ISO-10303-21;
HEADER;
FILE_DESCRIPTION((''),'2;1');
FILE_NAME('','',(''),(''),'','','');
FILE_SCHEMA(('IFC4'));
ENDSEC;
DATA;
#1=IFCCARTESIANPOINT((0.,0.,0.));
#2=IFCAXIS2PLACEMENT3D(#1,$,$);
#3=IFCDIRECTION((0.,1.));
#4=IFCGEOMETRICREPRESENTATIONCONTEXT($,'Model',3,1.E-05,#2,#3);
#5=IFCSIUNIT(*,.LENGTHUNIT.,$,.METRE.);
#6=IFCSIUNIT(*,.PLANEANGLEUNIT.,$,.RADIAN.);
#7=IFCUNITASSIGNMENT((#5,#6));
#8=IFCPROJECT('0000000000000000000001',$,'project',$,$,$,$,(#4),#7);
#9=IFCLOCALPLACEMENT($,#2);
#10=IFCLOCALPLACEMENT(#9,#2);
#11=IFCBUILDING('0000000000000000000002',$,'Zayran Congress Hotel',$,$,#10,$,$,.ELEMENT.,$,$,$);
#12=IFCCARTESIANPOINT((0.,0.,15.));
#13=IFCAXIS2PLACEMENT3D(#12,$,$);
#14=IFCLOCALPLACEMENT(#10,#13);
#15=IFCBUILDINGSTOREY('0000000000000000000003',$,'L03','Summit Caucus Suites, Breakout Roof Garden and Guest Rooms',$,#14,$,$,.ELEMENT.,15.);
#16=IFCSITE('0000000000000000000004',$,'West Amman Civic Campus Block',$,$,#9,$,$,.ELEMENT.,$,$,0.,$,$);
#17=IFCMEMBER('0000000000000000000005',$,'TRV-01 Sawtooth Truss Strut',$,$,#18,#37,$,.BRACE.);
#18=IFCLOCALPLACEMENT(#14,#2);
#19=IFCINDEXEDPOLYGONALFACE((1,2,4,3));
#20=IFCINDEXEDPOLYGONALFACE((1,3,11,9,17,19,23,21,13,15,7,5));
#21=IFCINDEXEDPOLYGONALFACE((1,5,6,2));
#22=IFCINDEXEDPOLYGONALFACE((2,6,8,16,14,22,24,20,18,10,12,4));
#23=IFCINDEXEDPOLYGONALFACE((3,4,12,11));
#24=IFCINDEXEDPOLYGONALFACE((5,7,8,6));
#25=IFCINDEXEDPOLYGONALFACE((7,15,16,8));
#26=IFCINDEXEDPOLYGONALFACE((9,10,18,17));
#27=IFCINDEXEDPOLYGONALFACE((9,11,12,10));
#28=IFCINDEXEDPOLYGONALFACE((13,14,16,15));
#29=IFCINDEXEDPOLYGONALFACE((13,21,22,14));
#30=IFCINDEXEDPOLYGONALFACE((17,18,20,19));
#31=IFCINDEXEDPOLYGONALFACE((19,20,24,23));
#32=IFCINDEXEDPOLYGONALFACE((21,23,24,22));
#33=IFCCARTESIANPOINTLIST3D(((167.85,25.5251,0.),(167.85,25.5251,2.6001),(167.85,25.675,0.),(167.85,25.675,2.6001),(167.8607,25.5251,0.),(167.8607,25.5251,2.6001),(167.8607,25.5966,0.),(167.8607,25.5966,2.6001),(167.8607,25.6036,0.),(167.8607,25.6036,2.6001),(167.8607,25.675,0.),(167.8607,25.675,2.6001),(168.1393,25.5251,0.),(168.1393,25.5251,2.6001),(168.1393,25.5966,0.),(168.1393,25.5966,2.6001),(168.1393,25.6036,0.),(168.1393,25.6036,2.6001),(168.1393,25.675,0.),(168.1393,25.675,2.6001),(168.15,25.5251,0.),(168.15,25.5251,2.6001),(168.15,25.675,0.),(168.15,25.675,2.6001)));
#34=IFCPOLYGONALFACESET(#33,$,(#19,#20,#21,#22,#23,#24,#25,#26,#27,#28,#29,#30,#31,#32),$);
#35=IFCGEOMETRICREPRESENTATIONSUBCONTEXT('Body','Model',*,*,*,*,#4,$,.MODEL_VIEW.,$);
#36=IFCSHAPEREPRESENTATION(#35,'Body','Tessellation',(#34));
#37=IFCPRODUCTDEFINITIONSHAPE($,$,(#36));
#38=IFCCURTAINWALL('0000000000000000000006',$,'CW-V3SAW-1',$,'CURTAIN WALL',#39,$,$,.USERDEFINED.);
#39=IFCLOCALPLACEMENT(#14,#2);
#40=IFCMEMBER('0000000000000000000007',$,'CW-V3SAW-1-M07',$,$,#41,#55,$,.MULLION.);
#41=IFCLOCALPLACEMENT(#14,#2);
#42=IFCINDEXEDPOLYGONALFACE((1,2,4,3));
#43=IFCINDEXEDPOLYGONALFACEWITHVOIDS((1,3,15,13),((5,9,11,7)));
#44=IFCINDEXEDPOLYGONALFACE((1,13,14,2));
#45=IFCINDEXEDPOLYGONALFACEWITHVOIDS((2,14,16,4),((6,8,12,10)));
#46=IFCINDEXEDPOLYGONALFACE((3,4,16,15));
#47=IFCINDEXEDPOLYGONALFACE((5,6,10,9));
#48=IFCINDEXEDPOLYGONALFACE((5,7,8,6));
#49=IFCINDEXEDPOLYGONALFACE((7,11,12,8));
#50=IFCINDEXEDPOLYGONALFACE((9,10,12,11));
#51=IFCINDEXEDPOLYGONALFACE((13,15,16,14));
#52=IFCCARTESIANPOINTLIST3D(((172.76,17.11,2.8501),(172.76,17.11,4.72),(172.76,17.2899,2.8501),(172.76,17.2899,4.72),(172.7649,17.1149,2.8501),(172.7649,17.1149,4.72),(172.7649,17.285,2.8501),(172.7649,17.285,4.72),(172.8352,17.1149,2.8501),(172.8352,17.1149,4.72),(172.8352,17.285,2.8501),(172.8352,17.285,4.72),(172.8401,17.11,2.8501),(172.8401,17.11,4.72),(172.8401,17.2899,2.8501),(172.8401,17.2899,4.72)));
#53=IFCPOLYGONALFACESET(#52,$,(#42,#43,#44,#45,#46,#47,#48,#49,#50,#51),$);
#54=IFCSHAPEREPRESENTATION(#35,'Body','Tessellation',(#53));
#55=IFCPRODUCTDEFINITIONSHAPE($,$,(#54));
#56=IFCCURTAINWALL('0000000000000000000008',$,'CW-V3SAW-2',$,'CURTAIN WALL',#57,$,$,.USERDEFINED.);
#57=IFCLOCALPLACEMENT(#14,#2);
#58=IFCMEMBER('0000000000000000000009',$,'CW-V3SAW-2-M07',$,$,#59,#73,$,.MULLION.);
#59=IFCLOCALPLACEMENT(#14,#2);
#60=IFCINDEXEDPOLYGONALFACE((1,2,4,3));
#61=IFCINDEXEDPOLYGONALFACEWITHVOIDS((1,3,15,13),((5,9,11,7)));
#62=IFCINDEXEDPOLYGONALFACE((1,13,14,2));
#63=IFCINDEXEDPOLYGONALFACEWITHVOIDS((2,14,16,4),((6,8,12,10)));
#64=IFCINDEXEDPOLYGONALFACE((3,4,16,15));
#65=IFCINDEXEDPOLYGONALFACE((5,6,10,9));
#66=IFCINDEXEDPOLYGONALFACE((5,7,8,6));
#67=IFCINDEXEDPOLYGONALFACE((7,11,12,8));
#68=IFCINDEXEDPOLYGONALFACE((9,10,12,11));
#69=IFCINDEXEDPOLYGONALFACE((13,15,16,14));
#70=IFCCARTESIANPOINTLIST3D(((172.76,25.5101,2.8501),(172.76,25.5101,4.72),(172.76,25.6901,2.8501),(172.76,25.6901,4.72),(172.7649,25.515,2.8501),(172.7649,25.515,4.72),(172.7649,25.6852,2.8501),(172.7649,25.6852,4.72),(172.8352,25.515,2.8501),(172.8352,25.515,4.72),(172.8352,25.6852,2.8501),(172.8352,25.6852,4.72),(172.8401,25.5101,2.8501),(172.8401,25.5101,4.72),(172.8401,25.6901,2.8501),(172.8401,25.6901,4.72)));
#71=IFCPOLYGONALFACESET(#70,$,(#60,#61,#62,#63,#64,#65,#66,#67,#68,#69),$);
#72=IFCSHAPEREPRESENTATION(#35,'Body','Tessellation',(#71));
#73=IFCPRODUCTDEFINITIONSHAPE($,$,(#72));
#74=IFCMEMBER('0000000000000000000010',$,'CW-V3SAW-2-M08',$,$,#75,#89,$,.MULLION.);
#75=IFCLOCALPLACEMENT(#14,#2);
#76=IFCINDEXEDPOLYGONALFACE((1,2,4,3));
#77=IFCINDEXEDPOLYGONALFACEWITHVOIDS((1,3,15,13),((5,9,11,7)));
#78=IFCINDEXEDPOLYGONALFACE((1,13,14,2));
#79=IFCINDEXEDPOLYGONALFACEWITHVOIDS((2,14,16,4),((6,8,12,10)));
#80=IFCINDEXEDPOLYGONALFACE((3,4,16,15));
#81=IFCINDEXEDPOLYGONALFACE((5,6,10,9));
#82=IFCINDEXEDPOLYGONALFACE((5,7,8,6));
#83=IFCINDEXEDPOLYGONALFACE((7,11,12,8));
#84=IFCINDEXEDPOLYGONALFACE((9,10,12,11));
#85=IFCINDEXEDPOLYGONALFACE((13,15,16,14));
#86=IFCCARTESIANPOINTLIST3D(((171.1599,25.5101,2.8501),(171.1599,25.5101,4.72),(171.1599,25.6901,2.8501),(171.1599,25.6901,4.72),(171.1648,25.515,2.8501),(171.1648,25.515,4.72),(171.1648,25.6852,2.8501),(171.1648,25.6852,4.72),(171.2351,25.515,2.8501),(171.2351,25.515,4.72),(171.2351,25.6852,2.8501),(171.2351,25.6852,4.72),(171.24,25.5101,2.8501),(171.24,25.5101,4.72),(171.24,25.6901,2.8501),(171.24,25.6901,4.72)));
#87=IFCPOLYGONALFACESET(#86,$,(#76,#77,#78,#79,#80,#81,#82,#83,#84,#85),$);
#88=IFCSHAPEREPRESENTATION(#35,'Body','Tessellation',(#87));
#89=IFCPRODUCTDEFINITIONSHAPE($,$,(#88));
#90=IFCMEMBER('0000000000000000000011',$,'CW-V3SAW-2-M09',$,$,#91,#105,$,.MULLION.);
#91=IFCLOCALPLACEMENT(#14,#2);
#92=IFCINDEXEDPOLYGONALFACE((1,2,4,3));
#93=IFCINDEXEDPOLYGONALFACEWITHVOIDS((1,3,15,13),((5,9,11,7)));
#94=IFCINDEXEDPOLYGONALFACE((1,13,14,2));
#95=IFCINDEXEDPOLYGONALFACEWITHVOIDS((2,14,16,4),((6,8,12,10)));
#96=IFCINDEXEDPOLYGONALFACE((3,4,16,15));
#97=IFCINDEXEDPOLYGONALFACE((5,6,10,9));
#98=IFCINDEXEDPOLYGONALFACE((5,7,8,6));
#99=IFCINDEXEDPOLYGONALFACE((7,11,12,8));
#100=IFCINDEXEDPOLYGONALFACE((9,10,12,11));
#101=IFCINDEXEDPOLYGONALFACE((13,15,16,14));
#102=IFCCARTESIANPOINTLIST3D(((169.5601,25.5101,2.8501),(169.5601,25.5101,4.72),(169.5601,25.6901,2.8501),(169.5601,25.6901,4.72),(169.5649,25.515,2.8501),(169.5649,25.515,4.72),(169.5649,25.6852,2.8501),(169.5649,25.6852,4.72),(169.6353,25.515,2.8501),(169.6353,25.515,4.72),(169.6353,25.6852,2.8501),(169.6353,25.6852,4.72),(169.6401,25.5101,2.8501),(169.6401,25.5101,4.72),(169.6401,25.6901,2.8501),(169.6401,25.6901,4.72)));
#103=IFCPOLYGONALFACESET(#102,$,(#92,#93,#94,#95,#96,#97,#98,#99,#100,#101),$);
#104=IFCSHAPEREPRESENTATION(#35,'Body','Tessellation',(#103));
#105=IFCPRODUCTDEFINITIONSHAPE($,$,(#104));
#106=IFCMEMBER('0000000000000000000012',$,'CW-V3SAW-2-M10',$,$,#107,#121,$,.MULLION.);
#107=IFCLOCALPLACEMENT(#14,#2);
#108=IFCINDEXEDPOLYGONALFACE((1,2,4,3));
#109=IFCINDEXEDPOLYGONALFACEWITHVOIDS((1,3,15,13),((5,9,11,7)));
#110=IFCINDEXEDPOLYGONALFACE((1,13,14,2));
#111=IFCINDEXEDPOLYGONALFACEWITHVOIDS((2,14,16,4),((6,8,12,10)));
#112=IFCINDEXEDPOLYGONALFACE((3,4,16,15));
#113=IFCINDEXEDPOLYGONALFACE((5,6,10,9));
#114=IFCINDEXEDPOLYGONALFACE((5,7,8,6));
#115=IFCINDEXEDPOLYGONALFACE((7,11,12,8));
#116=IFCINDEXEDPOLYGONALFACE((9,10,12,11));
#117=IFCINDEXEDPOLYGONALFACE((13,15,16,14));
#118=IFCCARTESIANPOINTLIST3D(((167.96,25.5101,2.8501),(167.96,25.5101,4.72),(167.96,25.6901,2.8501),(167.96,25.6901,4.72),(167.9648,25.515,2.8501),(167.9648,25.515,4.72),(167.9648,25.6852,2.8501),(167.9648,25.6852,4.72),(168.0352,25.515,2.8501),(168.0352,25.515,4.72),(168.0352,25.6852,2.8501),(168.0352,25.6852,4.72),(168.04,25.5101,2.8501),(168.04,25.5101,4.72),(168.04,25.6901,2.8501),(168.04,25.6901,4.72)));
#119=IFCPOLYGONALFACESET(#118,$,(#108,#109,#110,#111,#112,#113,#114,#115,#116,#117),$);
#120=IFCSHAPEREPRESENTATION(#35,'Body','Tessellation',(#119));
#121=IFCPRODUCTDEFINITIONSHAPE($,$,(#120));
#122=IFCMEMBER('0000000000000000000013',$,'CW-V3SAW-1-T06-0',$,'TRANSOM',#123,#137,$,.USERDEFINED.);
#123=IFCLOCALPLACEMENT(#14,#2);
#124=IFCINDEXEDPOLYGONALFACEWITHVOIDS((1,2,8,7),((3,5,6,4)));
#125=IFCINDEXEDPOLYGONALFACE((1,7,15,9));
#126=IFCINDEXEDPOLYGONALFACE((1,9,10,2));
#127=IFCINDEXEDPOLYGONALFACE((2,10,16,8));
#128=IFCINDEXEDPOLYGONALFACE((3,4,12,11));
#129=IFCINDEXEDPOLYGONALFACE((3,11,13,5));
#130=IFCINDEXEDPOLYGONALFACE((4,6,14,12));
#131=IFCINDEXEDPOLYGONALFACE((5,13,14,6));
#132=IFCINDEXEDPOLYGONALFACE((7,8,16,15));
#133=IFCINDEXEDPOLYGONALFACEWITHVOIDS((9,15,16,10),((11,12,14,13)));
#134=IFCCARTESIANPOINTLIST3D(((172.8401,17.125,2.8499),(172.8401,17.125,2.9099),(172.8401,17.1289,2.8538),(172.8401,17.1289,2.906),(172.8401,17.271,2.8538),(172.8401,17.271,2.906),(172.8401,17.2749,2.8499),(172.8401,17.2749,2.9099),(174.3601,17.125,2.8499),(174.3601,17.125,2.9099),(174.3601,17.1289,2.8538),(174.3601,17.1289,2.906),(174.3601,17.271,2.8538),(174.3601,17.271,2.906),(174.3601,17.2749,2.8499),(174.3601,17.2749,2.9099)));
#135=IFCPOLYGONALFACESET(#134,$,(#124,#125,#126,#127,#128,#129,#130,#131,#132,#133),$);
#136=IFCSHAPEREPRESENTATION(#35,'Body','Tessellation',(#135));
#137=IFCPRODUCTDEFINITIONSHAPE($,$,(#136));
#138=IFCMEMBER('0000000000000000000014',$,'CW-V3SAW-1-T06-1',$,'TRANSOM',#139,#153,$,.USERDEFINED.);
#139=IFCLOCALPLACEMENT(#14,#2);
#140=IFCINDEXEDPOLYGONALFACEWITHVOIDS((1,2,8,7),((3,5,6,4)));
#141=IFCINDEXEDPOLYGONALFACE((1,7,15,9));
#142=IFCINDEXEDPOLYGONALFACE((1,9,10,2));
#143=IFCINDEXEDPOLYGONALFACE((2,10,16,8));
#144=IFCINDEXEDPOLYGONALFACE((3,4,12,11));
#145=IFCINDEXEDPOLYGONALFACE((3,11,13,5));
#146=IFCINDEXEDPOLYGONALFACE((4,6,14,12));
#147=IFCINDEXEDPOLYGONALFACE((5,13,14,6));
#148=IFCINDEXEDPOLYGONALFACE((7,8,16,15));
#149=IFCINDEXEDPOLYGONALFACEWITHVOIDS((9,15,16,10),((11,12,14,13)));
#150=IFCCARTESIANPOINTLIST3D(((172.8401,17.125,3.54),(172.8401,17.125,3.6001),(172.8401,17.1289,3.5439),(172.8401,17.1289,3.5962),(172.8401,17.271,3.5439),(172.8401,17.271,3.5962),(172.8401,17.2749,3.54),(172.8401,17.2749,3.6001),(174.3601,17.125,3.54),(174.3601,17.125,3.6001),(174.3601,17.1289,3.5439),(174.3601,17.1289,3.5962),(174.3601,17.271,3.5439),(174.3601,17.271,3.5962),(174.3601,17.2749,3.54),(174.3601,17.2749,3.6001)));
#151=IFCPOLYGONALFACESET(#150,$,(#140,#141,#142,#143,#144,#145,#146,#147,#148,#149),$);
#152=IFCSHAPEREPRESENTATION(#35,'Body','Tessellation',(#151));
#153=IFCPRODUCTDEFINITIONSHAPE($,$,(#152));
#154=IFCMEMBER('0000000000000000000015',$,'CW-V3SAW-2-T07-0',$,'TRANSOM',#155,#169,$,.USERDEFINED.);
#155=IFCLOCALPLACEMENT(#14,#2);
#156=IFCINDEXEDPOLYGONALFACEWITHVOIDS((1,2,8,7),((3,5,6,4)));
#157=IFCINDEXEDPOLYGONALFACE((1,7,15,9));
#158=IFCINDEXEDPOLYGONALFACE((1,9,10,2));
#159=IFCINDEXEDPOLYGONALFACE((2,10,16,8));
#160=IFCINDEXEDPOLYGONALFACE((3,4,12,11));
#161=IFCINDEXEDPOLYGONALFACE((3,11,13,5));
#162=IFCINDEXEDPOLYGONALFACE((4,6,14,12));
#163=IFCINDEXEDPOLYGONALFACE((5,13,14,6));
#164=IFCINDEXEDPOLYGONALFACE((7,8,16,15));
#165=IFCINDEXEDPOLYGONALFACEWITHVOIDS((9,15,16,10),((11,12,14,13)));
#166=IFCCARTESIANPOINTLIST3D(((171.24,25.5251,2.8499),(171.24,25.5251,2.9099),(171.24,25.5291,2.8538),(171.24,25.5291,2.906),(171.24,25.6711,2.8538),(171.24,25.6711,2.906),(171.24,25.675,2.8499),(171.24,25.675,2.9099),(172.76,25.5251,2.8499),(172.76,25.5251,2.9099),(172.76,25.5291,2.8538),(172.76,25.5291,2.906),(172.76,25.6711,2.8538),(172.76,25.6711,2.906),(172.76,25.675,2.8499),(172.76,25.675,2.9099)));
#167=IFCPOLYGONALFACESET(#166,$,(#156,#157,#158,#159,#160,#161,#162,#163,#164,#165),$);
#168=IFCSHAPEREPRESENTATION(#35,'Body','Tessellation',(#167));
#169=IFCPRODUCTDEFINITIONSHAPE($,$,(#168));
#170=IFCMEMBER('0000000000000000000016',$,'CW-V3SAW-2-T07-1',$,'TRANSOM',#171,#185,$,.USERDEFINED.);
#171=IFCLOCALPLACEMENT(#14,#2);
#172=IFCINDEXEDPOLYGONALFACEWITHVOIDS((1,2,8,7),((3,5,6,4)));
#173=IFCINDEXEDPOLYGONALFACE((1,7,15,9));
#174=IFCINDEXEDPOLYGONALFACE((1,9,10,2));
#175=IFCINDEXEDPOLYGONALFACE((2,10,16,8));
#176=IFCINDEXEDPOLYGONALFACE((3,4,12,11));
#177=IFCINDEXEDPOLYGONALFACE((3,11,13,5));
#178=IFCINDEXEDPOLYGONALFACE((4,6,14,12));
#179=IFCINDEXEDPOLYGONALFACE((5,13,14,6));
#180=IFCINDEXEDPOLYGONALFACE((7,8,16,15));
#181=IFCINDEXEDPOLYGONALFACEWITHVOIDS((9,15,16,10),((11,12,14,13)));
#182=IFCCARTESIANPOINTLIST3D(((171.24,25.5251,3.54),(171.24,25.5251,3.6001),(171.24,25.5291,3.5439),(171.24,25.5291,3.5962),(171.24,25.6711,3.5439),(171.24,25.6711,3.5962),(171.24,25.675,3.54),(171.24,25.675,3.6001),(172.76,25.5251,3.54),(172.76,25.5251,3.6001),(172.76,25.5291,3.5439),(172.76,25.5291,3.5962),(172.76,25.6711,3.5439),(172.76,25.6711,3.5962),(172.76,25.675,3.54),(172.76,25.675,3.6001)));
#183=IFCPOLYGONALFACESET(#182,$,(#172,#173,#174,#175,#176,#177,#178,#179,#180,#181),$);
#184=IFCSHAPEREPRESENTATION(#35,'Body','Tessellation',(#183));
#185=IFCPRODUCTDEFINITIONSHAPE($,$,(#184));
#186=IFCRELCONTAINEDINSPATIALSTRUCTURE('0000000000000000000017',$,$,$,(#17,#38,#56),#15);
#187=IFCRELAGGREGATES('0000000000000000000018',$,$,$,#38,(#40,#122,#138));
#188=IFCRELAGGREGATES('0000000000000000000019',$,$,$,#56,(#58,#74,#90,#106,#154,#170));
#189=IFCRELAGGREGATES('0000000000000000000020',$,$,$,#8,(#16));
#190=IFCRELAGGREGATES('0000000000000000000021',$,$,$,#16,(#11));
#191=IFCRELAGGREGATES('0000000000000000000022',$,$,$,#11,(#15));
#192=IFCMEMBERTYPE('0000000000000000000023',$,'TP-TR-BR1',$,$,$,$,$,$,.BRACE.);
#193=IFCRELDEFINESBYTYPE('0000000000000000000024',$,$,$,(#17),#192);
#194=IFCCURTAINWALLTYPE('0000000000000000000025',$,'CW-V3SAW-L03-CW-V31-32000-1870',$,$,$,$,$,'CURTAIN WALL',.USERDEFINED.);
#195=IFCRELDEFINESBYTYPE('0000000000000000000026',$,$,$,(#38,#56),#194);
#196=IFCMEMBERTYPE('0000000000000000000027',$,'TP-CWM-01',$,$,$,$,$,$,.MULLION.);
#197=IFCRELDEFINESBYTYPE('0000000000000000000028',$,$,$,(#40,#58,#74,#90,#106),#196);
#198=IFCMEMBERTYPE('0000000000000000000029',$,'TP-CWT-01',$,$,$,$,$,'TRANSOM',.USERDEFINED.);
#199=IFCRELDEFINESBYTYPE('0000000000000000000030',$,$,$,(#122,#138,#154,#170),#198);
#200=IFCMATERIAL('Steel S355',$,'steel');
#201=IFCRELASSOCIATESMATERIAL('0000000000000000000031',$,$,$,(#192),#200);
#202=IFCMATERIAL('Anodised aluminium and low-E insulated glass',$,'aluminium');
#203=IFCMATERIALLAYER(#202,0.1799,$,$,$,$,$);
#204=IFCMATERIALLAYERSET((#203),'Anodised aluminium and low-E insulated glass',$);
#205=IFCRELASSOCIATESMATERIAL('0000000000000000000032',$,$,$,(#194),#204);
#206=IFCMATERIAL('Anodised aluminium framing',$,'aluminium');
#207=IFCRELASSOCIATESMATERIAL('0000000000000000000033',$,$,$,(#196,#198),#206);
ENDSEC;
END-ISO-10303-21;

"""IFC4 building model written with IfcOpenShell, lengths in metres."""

from ifc_helpers import new_model, si_unit, direction, frame, origin, origin_2d, place, context, subcontext, project, spatial, hollow_rectangle, i_section, extrude, material, layer, layer_set, material_profile, profile_set, type_object, element, aggregate, save


model = new_model("IFC4")

# Units and contexts
model_context = context("Model", 3, precision=1e-05, world=origin(), true_north=direction((0.0, 1.0)))
body_context = subcontext(model_context, "Body", "Model", "MODEL_VIEW")
ifc_project = project(units=[si_unit("LENGTHUNIT", "METRE"), si_unit("PLANEANGLEUNIT", "RADIAN")], contexts=[model_context])

# Site, building, storey
site_placement = place(None, origin())
site = spatial("IfcSite", under=ifc_project, at=site_placement, Name="West Amman Civic Campus Block", CompositionType="ELEMENT", RefElevation=0.0)
building_placement = place(site_placement, origin())
building = spatial("IfcBuilding", under=site, at=building_placement, Name="Zayran Congress Hotel", CompositionType="ELEMENT")
storey_placement = place(building_placement, frame((0.0, 0.0, 15.0)))
storey = spatial("IfcBuildingStorey", under=building, at=storey_placement, Name="L03", Description="Summit Caucus Suites, Breakout Roof Garden and Guest Rooms", CompositionType="ELEMENT", Elevation=15.0)

# Member
ifc_material_1 = material(Name="Steel S355", Category="steel")
ifc_material_profile_1 = material_profile(ifc_material_1, i_section(OverallWidth=0.1499, OverallDepth=0.3, WebThickness=0.0071, FlangeThickness=0.0107, at=origin_2d()), Name="IPE 300")
ifc_profile_set_1 = profile_set([ifc_material_profile_1], Name="Steel S355")
member_type_1 = type_object("IfcMemberType", Name="TP-TR-BR1", PredefinedType="BRACE", material=ifc_profile_set_1)
member_1_placement = place(storey_placement, frame((168.0, 25.6001, 0.0), z_axis=(0.0, 0.0, 1.0), x_axis=(0.0, 1.0, 0.0)))
element("IfcMember", 1, at=member_1_placement, inside=storey, type_object=member_type_1, Name="TRV-01 Sawtooth Truss Strut", PredefinedType="BRACE", context=body_context, shape_type="SweptSolid", body=[
    extrude(i_section(OverallWidth=0.1499, OverallDepth=0.3, WebThickness=0.0071, FlangeThickness=0.0107, at=origin_2d()), origin(), (0.0, 0.0, 1.0), 2.6001),
])

# Curtain wall, member
ifc_material_2 = material(Name="Anodised aluminium and low-E insulated glass", Category="aluminium")
ifc_layer_1 = layer(ifc_material_2, 0.1799)
ifc_layer_set_1 = layer_set([ifc_layer_1], Name="Anodised aluminium and low-E insulated glass")
curtain_wall_type = type_object("IfcCurtainWallType", Name="CW-V3SAW-L03-CW-V31-32000-1870", ElementType="CURTAIN WALL", PredefinedType="USERDEFINED", material=ifc_layer_set_1)
curtain_wall_1_placement = place(storey_placement, origin())
curtain_wall_1 = element("IfcCurtainWall", 2, at=curtain_wall_1_placement, inside=storey, type_object=curtain_wall_type, Name="CW-V3SAW-1", ObjectType="CURTAIN WALL", PredefinedType="USERDEFINED")
ifc_material_3 = material(Name="Anodised aluminium framing", Category="aluminium")
ifc_material_profile_2 = material_profile(ifc_material_3, hollow_rectangle(XDim=0.0801, YDim=0.1799, WallThickness=0.0049, at=origin_2d()), Name="RHS 180x80x5")
ifc_profile_set_2 = profile_set([ifc_material_profile_2], Name="Anodised aluminium framing")
member_type_2 = type_object("IfcMemberType", Name="TP-CWM-01", PredefinedType="MULLION", material=ifc_profile_set_2)
member_2_placement = place(storey_placement, frame((172.8, 17.2, 2.8501), z_axis=(0.0, 0.0, 1.0), x_axis=(1.0, 0.0, 0.0)))
member_2 = element("IfcMember", 3, at=member_2_placement, type_object=member_type_2, Name="CW-V3SAW-1-M07", PredefinedType="MULLION", context=body_context, shape_type="SweptSolid", body=[
    extrude(hollow_rectangle(XDim=0.0801, YDim=0.1799, WallThickness=0.0049, at=origin_2d()), origin(), (0.0, 0.0, 1.0), 1.8699),
])

# Curtain wall, members
curtain_wall_2_placement = place(storey_placement, origin())
curtain_wall_2 = element("IfcCurtainWall", 4, at=curtain_wall_2_placement, inside=storey, type_object=curtain_wall_type, Name="CW-V3SAW-2", ObjectType="CURTAIN WALL", PredefinedType="USERDEFINED")
member_3_placement = place(storey_placement, frame((172.8, 25.6001, 2.8501), z_axis=(0.0, 0.0, 1.0), x_axis=(1.0, 0.0, 0.0)))
member_3 = element("IfcMember", 5, at=member_3_placement, type_object=member_type_2, Name="CW-V3SAW-2-M07", PredefinedType="MULLION", context=body_context, shape_type="SweptSolid", body=[
    extrude(hollow_rectangle(XDim=0.0801, YDim=0.1799, WallThickness=0.0049, at=origin_2d()), origin(), (0.0, 0.0, 1.0), 1.8699),
])
member_4_placement = place(storey_placement, frame((171.2, 25.6001, 2.8501), z_axis=(0.0, 0.0, 1.0), x_axis=(1.0, 0.0, 0.0)))
member_4 = element("IfcMember", 6, at=member_4_placement, type_object=member_type_2, Name="CW-V3SAW-2-M08", PredefinedType="MULLION", context=body_context, shape_type="SweptSolid", body=[
    extrude(hollow_rectangle(XDim=0.0801, YDim=0.1799, WallThickness=0.0049, at=origin_2d()), origin(), (0.0, 0.0, 1.0), 1.8699),
])
member_5_placement = place(storey_placement, frame((169.6001, 25.6001, 2.8501), z_axis=(0.0, 0.0, 1.0), x_axis=(1.0, 0.0, 0.0)))
member_5 = element("IfcMember", 7, at=member_5_placement, type_object=member_type_2, Name="CW-V3SAW-2-M09", PredefinedType="MULLION", context=body_context, shape_type="SweptSolid", body=[
    extrude(hollow_rectangle(XDim=0.0801, YDim=0.1799, WallThickness=0.0049, at=origin_2d()), origin(), (0.0, 0.0, 1.0), 1.8699),
])
member_6_placement = place(storey_placement, frame((168.0, 25.6001, 2.8501), z_axis=(0.0, 0.0, 1.0), x_axis=(1.0, 0.0, 0.0)))
member_6 = element("IfcMember", 8, at=member_6_placement, type_object=member_type_2, Name="CW-V3SAW-2-M10", PredefinedType="MULLION", context=body_context, shape_type="SweptSolid", body=[
    extrude(hollow_rectangle(XDim=0.0801, YDim=0.1799, WallThickness=0.0049, at=origin_2d()), origin(), (0.0, 0.0, 1.0), 1.8699),
])

# Members
ifc_material_profile_3 = material_profile(ifc_material_3, hollow_rectangle(XDim=0.0601, YDim=0.1499, WallThickness=0.0039, at=origin_2d()), Name="RHS 150x60x4")
ifc_profile_set_3 = profile_set([ifc_material_profile_3], Name="Anodised aluminium framing")
member_type_3 = type_object("IfcMemberType", Name="TP-CWT-01", ElementType="TRANSOM", PredefinedType="USERDEFINED", material=ifc_profile_set_3)
member_7_placement = place(storey_placement, frame((174.3601, 17.2, 2.8799), z_axis=(-1.0, 0.0, 0.0), x_axis=(0.0, 0.0, 1.0)))
member_7 = element("IfcMember", 9, at=member_7_placement, type_object=member_type_3, Name="CW-V3SAW-1-T06-0", ObjectType="TRANSOM", PredefinedType="USERDEFINED", context=body_context, shape_type="SweptSolid", body=[
    extrude(hollow_rectangle(XDim=0.0601, YDim=0.1499, WallThickness=0.0039, at=origin_2d()), origin(), (0.0, 0.0, 1.0), 1.52),
])
member_8_placement = place(storey_placement, frame((174.3601, 17.2, 3.5701), z_axis=(-1.0, 0.0, 0.0), x_axis=(0.0, 0.0, 1.0)))
member_8 = element("IfcMember", 10, at=member_8_placement, type_object=member_type_3, Name="CW-V3SAW-1-T06-1", ObjectType="TRANSOM", PredefinedType="USERDEFINED", context=body_context, shape_type="SweptSolid", body=[
    extrude(hollow_rectangle(XDim=0.0601, YDim=0.1499, WallThickness=0.0039, at=origin_2d()), origin(), (0.0, 0.0, 1.0), 1.52),
])
member_9_placement = place(storey_placement, frame((172.76, 25.6001, 2.8799), z_axis=(-1.0, 0.0, 0.0), x_axis=(0.0, 0.0, 1.0)))
member_9 = element("IfcMember", 11, at=member_9_placement, type_object=member_type_3, Name="CW-V3SAW-2-T07-0", ObjectType="TRANSOM", PredefinedType="USERDEFINED", context=body_context, shape_type="SweptSolid", body=[
    extrude(hollow_rectangle(XDim=0.0601, YDim=0.1499, WallThickness=0.0039, at=origin_2d()), origin(), (0.0, 0.0, 1.0), 1.52),
])
member_10_placement = place(storey_placement, frame((172.76, 25.6001, 3.5701), z_axis=(-1.0, 0.0, 0.0), x_axis=(0.0, 0.0, 1.0)))
member_10 = element("IfcMember", 12, at=member_10_placement, type_object=member_type_3, Name="CW-V3SAW-2-T07-1", ObjectType="TRANSOM", PredefinedType="USERDEFINED", context=body_context, shape_type="SweptSolid", body=[
    extrude(hollow_rectangle(XDim=0.0601, YDim=0.1499, WallThickness=0.0039, at=origin_2d()), origin(), (0.0, 0.0, 1.0), 1.52),
])

aggregate(curtain_wall_1, [member_2, member_7, member_8])
aggregate(curtain_wall_2, [member_3, member_4, member_5, member_6, member_9, member_10])

save(model, "model.ifc")
